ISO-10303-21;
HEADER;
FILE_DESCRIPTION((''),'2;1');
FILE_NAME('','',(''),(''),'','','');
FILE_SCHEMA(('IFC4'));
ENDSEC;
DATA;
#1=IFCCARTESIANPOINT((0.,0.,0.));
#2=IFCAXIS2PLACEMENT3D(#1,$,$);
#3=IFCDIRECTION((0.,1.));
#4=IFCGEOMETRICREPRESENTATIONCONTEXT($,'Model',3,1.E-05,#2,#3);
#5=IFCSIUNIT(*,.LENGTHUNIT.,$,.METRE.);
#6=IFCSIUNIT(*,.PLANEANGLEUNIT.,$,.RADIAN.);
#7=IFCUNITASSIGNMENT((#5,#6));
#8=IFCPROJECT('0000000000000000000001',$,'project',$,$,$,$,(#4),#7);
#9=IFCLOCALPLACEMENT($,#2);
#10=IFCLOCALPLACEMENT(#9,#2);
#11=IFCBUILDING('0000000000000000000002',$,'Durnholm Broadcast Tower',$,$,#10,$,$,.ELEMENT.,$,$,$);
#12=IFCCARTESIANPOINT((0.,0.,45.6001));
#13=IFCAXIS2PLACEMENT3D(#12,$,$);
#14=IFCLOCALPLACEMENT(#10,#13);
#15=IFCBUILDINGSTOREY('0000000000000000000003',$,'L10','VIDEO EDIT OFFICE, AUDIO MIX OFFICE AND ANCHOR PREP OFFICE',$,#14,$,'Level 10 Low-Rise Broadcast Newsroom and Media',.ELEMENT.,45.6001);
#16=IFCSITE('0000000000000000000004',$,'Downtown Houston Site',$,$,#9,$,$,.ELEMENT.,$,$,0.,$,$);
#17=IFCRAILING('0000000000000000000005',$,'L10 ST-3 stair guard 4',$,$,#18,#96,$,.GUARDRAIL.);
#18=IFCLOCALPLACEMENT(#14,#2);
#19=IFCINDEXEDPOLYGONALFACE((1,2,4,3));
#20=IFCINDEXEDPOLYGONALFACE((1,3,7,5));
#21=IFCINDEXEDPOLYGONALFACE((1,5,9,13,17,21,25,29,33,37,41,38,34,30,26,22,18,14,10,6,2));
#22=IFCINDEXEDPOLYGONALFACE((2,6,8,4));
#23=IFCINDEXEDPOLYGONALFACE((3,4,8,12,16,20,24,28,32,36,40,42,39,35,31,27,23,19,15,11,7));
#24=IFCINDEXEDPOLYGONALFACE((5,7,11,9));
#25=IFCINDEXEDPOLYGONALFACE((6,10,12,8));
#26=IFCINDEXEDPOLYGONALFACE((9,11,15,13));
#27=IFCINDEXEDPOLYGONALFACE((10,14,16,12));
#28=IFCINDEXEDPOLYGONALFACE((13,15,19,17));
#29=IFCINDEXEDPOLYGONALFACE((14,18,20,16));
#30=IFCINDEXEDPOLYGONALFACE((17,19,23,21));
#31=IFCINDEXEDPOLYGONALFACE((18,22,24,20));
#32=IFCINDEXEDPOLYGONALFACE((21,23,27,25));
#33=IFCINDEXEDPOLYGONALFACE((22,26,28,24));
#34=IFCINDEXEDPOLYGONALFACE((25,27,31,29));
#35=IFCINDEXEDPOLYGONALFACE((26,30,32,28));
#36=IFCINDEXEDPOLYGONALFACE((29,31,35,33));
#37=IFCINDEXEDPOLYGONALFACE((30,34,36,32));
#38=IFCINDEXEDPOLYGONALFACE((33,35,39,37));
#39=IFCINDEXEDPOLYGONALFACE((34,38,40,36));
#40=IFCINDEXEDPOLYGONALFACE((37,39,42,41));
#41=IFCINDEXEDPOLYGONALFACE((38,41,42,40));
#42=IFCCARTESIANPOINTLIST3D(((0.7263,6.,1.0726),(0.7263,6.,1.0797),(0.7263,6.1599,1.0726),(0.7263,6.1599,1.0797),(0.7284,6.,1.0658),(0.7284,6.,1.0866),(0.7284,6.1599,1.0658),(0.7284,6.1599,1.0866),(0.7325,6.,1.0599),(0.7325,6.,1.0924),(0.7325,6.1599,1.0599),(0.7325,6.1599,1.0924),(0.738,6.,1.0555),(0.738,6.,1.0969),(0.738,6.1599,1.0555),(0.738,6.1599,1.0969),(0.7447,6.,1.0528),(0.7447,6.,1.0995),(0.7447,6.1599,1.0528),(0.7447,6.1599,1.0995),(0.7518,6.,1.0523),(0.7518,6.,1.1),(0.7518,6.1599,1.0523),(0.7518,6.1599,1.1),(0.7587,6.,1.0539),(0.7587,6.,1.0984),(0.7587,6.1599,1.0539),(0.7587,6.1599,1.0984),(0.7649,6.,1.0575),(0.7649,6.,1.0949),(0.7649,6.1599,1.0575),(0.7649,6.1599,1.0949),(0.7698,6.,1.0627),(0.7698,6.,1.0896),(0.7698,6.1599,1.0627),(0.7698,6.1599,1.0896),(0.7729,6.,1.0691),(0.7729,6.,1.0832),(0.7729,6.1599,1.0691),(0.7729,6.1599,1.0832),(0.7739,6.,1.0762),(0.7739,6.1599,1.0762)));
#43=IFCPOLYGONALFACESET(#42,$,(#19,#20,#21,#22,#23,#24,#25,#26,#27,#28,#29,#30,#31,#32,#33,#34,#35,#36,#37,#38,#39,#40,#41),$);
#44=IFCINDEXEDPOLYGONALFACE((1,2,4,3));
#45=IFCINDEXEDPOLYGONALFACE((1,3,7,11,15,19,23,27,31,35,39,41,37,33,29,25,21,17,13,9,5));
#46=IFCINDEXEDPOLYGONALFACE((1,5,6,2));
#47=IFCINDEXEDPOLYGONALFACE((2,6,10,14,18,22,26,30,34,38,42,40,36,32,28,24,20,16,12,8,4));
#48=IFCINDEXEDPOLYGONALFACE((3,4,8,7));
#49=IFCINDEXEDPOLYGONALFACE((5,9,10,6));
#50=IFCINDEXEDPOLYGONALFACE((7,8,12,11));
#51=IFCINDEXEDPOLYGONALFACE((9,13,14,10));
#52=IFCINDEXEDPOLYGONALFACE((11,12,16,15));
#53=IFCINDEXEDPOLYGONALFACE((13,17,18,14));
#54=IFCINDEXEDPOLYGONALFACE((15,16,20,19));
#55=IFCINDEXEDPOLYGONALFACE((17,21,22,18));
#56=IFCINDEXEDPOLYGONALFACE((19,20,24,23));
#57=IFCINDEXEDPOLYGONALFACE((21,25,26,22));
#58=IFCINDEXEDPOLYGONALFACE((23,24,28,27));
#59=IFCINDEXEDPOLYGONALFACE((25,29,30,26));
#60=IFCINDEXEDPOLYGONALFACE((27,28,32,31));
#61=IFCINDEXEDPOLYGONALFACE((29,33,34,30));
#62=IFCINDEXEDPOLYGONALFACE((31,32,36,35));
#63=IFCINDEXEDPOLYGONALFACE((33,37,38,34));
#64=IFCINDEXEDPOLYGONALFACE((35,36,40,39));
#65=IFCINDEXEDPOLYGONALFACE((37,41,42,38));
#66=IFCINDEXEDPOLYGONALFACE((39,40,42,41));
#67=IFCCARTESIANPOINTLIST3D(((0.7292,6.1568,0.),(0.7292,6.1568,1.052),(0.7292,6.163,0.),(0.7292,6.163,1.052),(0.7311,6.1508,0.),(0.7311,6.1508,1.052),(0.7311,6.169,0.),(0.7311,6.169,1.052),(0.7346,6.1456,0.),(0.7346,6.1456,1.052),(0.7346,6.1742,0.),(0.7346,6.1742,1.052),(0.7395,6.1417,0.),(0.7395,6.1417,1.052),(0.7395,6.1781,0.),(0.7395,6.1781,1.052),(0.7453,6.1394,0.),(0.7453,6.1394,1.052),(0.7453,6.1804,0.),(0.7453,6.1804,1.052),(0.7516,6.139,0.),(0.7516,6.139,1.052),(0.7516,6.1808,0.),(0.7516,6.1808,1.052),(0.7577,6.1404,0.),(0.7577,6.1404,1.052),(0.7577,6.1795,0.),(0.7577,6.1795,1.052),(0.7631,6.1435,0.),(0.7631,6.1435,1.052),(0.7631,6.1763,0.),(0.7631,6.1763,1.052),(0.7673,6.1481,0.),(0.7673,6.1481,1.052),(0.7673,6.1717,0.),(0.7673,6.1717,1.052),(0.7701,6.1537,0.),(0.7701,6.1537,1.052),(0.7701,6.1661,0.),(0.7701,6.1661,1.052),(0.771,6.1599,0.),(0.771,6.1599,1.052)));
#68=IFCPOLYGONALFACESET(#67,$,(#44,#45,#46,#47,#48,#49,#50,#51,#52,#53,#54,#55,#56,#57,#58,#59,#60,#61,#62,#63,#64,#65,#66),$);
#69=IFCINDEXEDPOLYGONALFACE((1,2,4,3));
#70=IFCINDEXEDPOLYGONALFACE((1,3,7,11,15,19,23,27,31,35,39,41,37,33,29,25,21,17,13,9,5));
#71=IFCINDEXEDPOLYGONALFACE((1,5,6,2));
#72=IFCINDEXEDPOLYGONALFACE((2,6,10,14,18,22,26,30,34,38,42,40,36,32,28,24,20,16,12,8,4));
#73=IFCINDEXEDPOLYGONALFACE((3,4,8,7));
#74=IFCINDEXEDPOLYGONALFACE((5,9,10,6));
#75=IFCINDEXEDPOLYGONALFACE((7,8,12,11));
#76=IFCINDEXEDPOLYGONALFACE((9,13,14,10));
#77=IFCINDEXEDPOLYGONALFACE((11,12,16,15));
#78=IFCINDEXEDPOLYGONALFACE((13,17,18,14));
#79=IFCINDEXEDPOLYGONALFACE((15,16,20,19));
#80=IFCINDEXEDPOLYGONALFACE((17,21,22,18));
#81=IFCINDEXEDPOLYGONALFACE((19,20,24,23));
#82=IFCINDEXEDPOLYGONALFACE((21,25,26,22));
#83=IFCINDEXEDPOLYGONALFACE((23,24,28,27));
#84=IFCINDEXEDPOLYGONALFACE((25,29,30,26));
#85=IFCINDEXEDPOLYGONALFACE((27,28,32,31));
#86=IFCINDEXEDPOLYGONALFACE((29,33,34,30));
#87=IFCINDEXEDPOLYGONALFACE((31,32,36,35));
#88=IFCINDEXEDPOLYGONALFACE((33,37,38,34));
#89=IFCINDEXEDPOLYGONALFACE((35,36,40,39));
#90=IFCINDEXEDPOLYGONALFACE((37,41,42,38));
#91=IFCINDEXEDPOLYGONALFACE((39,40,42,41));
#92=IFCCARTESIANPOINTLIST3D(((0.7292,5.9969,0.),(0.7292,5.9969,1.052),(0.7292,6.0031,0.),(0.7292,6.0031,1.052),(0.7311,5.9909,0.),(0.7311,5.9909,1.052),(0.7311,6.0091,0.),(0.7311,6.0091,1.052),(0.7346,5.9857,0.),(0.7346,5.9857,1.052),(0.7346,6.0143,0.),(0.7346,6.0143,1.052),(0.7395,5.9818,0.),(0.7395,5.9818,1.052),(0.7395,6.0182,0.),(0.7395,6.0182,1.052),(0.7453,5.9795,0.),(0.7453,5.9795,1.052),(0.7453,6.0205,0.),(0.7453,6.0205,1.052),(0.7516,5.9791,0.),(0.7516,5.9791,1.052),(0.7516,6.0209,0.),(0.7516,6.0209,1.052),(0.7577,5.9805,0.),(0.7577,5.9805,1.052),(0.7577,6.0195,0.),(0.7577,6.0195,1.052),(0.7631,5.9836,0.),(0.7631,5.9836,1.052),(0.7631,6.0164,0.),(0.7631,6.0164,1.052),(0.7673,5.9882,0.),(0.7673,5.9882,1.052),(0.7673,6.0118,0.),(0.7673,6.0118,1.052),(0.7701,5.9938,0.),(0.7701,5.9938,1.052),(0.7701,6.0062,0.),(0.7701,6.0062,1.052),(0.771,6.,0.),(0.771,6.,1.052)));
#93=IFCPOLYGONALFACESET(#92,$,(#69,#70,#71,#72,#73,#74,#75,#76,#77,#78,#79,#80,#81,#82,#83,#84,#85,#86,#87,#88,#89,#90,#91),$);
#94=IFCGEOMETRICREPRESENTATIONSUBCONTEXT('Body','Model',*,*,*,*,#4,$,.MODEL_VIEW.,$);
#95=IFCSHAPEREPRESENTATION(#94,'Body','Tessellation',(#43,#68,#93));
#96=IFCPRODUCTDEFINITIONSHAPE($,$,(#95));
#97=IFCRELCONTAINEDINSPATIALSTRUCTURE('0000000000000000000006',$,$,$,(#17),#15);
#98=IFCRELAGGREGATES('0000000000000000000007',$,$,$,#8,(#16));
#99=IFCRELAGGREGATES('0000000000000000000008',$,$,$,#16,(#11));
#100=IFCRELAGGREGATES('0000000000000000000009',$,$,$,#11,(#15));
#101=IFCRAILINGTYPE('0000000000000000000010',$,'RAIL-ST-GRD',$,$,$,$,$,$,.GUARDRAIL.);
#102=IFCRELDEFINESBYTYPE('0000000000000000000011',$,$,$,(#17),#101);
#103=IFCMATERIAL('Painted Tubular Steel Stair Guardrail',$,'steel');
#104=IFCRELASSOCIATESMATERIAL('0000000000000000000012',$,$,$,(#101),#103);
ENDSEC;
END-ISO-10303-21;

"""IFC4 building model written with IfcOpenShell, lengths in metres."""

from ifc_helpers import new_model, si_unit, direction, frame, origin, origin_2d, place, context, subcontext, project, spatial, circle, extrude, material, type_object, element, save


model = new_model("IFC4")

# Units and contexts
model_context = context("Model", 3, precision=1e-05, world=origin(), true_north=direction((0.0, 1.0)))
body_context = subcontext(model_context, "Body", "Model", "MODEL_VIEW")
ifc_project = project(units=[si_unit("LENGTHUNIT", "METRE"), si_unit("PLANEANGLEUNIT", "RADIAN")], contexts=[model_context])

# Site, building, storey
site_placement = place(None, origin())
site = spatial("IfcSite", under=ifc_project, at=site_placement, Name="Downtown Houston Site", CompositionType="ELEMENT", RefElevation=0.0)
building_placement = place(site_placement, origin())
building = spatial("IfcBuilding", under=site, at=building_placement, Name="Durnholm Broadcast Tower", CompositionType="ELEMENT")
storey_placement = place(building_placement, frame((0.0, 0.0, 45.6001)))
storey = spatial("IfcBuildingStorey", under=building, at=storey_placement, Name="L10", Description="VIDEO EDIT OFFICE, AUDIO MIX OFFICE AND ANCHOR PREP OFFICE", LongName="Level 10 Low-Rise Broadcast Newsroom and Media", CompositionType="ELEMENT", Elevation=45.6001)

# Railing
ifc_material_1 = material(Name="Painted Tubular Steel Stair Guardrail", Category="steel")
railing_type_1 = type_object("IfcRailingType", Name="RAIL-ST-GRD", PredefinedType="GUARDRAIL", material=ifc_material_1)
railing_1_placement = place(storey_placement, frame((0.75, 6.1599, 0.0)))
element("IfcRailing", 1, at=railing_1_placement, inside=storey, type_object=railing_type_1, Name="L10 ST-3 stair guard 4", PredefinedType="GUARDRAIL", context=body_context, shape_type="SweptSolid", body=[
    extrude(circle(Radius=0.0239, at=origin_2d()), frame((0.0, 0.0, 1.0762), z_axis=(0.0, -1.0, 0.0), x_axis=(1.0, 0.0, 0.0)), (0.0, 0.0, 1.0), 0.1599),
    extrude(circle(Radius=0.021, at=origin_2d()), origin(), (0.0, 0.0, 1.0), 1.052),
    extrude(circle(Radius=0.021, at=origin_2d()), frame((0.0, -0.1599, 0.0)), (0.0, 0.0, 1.0), 1.052),
])

save(model, "model.ifc")
